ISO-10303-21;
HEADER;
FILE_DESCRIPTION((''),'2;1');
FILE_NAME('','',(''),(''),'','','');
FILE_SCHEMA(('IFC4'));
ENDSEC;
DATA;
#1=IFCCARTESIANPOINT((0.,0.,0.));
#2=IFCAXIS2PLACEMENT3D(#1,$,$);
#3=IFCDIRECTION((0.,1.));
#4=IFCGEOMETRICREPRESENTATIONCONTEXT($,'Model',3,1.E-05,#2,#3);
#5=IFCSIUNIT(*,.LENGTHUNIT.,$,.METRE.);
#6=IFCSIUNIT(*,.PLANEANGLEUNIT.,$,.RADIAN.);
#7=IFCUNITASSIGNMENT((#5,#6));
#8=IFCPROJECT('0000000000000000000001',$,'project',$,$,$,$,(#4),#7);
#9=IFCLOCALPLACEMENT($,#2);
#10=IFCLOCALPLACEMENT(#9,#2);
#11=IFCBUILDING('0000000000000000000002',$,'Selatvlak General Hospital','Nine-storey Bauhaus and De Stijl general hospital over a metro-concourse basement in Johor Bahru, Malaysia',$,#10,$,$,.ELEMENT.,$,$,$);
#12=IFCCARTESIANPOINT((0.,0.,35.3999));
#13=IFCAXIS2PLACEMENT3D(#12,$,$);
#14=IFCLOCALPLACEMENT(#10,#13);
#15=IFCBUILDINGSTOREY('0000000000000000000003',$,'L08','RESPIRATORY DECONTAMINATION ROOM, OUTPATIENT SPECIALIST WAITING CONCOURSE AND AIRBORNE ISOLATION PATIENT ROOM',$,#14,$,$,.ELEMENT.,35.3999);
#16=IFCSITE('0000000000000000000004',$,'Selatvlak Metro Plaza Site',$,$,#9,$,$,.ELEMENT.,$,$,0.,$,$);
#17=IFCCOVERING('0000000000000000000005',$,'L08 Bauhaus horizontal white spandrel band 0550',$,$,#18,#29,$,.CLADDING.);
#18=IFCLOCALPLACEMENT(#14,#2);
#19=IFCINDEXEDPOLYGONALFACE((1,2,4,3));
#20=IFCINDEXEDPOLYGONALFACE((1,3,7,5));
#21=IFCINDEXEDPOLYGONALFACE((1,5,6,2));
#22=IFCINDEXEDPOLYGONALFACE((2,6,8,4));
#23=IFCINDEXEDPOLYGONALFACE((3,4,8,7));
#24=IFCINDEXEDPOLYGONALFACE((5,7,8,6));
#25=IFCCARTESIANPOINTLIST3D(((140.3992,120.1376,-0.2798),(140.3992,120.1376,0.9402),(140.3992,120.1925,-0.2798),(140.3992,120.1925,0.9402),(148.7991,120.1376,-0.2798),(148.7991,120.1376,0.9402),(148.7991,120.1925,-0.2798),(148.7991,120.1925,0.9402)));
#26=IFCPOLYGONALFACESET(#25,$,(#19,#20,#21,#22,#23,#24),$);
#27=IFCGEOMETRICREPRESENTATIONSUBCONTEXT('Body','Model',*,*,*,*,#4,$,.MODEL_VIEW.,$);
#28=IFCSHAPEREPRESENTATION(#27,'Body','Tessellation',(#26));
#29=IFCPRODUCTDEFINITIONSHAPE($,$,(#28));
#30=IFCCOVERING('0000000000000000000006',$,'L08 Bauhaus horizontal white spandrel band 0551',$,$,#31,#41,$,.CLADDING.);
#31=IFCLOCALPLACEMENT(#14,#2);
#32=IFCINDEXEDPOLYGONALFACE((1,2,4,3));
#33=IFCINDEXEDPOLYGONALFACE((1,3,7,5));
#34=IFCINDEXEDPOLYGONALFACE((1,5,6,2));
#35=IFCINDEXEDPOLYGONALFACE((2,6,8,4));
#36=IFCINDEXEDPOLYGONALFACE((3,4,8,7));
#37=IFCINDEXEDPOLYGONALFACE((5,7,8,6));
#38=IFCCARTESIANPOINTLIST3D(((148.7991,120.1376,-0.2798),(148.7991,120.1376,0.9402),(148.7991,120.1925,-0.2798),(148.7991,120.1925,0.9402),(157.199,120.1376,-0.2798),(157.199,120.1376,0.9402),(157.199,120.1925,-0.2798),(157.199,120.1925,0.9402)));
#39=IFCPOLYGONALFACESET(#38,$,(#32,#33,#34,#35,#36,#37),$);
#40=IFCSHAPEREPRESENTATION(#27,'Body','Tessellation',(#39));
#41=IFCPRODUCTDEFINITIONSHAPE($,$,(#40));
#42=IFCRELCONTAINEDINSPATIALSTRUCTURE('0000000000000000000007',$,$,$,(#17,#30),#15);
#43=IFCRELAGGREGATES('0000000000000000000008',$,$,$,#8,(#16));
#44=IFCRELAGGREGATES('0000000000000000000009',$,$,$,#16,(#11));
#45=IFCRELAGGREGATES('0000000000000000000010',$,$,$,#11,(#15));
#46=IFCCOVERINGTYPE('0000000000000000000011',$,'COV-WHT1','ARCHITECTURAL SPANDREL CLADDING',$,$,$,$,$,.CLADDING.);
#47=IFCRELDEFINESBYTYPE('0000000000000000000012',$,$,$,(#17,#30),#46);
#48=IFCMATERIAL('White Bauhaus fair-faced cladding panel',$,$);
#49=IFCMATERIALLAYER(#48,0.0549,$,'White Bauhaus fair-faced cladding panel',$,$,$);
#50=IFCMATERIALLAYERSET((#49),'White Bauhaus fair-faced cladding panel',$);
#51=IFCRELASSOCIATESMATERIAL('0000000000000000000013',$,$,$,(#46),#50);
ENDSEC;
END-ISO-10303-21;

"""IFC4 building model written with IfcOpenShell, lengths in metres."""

from ifc_helpers import new_model, si_unit, direction, frame, origin, origin_2d, place, context, subcontext, project, spatial, rectangle, extrude, material, layer, layer_set, type_object, element, save


model = new_model("IFC4")

# Units and contexts
model_context = context("Model", 3, precision=1e-05, world=origin(), true_north=direction((0.0, 1.0)))
body_context = subcontext(model_context, "Body", "Model", "MODEL_VIEW")
ifc_project = project(units=[si_unit("LENGTHUNIT", "METRE"), si_unit("PLANEANGLEUNIT", "RADIAN")], contexts=[model_context])

# Site, building, storey
site_placement = place(None, origin())
site = spatial("IfcSite", under=ifc_project, at=site_placement, Name="Selatvlak Metro Plaza Site", CompositionType="ELEMENT", RefElevation=0.0)
building_placement = place(site_placement, origin())
building = spatial("IfcBuilding", under=site, at=building_placement, Name="Selatvlak General Hospital", Description="Nine-storey Bauhaus and De Stijl general hospital over a metro-concourse basement in Johor Bahru, Malaysia", CompositionType="ELEMENT")
storey_placement = place(building_placement, frame((0.0, 0.0, 35.3999)))
storey = spatial("IfcBuildingStorey", under=building, at=storey_placement, Name="L08", Description="RESPIRATORY DECONTAMINATION ROOM, OUTPATIENT SPECIALIST WAITING CONCOURSE AND AIRBORNE ISOLATION PATIENT ROOM", CompositionType="ELEMENT", Elevation=35.3999)

# Coverings
ifc_material_1 = material(Name="White Bauhaus fair-faced cladding panel")
ifc_layer_1 = layer(ifc_material_1, 0.0549, Name="White Bauhaus fair-faced cladding panel")
ifc_layer_set_1 = layer_set([ifc_layer_1], Name="White Bauhaus fair-faced cladding panel")
covering_type = type_object("IfcCoveringType", Name="COV-WHT1", Description="ARCHITECTURAL SPANDREL CLADDING", PredefinedType="CLADDING", material=ifc_layer_set_1)
for number, where, z_axis, x_axis, name in (
    (1, (144.5991, 120.165, -0.2798), (0.0, 0.0, 1.0), (1.0, 0.0, 0.0), "L08 Bauhaus horizontal white spandrel band 0550"),
    (2, (152.999, 120.165, -0.2798), (0.0, 0.0, 1.0), (1.0, 0.0, 0.0), "L08 Bauhaus horizontal white spandrel band 0551"),
):
    element("IfcCovering", number, at=place(storey_placement, frame(where, z_axis=z_axis, x_axis=x_axis)), inside=storey, type_object=covering_type, Name=name, PredefinedType="CLADDING", context=body_context, shape_type="SweptSolid", body=[
        extrude(rectangle(XDim=8.3999, YDim=0.0549, at=origin_2d()), origin(), (0.0, 0.0, 1.0), 1.22),
    ])

save(model, "model.ifc")
